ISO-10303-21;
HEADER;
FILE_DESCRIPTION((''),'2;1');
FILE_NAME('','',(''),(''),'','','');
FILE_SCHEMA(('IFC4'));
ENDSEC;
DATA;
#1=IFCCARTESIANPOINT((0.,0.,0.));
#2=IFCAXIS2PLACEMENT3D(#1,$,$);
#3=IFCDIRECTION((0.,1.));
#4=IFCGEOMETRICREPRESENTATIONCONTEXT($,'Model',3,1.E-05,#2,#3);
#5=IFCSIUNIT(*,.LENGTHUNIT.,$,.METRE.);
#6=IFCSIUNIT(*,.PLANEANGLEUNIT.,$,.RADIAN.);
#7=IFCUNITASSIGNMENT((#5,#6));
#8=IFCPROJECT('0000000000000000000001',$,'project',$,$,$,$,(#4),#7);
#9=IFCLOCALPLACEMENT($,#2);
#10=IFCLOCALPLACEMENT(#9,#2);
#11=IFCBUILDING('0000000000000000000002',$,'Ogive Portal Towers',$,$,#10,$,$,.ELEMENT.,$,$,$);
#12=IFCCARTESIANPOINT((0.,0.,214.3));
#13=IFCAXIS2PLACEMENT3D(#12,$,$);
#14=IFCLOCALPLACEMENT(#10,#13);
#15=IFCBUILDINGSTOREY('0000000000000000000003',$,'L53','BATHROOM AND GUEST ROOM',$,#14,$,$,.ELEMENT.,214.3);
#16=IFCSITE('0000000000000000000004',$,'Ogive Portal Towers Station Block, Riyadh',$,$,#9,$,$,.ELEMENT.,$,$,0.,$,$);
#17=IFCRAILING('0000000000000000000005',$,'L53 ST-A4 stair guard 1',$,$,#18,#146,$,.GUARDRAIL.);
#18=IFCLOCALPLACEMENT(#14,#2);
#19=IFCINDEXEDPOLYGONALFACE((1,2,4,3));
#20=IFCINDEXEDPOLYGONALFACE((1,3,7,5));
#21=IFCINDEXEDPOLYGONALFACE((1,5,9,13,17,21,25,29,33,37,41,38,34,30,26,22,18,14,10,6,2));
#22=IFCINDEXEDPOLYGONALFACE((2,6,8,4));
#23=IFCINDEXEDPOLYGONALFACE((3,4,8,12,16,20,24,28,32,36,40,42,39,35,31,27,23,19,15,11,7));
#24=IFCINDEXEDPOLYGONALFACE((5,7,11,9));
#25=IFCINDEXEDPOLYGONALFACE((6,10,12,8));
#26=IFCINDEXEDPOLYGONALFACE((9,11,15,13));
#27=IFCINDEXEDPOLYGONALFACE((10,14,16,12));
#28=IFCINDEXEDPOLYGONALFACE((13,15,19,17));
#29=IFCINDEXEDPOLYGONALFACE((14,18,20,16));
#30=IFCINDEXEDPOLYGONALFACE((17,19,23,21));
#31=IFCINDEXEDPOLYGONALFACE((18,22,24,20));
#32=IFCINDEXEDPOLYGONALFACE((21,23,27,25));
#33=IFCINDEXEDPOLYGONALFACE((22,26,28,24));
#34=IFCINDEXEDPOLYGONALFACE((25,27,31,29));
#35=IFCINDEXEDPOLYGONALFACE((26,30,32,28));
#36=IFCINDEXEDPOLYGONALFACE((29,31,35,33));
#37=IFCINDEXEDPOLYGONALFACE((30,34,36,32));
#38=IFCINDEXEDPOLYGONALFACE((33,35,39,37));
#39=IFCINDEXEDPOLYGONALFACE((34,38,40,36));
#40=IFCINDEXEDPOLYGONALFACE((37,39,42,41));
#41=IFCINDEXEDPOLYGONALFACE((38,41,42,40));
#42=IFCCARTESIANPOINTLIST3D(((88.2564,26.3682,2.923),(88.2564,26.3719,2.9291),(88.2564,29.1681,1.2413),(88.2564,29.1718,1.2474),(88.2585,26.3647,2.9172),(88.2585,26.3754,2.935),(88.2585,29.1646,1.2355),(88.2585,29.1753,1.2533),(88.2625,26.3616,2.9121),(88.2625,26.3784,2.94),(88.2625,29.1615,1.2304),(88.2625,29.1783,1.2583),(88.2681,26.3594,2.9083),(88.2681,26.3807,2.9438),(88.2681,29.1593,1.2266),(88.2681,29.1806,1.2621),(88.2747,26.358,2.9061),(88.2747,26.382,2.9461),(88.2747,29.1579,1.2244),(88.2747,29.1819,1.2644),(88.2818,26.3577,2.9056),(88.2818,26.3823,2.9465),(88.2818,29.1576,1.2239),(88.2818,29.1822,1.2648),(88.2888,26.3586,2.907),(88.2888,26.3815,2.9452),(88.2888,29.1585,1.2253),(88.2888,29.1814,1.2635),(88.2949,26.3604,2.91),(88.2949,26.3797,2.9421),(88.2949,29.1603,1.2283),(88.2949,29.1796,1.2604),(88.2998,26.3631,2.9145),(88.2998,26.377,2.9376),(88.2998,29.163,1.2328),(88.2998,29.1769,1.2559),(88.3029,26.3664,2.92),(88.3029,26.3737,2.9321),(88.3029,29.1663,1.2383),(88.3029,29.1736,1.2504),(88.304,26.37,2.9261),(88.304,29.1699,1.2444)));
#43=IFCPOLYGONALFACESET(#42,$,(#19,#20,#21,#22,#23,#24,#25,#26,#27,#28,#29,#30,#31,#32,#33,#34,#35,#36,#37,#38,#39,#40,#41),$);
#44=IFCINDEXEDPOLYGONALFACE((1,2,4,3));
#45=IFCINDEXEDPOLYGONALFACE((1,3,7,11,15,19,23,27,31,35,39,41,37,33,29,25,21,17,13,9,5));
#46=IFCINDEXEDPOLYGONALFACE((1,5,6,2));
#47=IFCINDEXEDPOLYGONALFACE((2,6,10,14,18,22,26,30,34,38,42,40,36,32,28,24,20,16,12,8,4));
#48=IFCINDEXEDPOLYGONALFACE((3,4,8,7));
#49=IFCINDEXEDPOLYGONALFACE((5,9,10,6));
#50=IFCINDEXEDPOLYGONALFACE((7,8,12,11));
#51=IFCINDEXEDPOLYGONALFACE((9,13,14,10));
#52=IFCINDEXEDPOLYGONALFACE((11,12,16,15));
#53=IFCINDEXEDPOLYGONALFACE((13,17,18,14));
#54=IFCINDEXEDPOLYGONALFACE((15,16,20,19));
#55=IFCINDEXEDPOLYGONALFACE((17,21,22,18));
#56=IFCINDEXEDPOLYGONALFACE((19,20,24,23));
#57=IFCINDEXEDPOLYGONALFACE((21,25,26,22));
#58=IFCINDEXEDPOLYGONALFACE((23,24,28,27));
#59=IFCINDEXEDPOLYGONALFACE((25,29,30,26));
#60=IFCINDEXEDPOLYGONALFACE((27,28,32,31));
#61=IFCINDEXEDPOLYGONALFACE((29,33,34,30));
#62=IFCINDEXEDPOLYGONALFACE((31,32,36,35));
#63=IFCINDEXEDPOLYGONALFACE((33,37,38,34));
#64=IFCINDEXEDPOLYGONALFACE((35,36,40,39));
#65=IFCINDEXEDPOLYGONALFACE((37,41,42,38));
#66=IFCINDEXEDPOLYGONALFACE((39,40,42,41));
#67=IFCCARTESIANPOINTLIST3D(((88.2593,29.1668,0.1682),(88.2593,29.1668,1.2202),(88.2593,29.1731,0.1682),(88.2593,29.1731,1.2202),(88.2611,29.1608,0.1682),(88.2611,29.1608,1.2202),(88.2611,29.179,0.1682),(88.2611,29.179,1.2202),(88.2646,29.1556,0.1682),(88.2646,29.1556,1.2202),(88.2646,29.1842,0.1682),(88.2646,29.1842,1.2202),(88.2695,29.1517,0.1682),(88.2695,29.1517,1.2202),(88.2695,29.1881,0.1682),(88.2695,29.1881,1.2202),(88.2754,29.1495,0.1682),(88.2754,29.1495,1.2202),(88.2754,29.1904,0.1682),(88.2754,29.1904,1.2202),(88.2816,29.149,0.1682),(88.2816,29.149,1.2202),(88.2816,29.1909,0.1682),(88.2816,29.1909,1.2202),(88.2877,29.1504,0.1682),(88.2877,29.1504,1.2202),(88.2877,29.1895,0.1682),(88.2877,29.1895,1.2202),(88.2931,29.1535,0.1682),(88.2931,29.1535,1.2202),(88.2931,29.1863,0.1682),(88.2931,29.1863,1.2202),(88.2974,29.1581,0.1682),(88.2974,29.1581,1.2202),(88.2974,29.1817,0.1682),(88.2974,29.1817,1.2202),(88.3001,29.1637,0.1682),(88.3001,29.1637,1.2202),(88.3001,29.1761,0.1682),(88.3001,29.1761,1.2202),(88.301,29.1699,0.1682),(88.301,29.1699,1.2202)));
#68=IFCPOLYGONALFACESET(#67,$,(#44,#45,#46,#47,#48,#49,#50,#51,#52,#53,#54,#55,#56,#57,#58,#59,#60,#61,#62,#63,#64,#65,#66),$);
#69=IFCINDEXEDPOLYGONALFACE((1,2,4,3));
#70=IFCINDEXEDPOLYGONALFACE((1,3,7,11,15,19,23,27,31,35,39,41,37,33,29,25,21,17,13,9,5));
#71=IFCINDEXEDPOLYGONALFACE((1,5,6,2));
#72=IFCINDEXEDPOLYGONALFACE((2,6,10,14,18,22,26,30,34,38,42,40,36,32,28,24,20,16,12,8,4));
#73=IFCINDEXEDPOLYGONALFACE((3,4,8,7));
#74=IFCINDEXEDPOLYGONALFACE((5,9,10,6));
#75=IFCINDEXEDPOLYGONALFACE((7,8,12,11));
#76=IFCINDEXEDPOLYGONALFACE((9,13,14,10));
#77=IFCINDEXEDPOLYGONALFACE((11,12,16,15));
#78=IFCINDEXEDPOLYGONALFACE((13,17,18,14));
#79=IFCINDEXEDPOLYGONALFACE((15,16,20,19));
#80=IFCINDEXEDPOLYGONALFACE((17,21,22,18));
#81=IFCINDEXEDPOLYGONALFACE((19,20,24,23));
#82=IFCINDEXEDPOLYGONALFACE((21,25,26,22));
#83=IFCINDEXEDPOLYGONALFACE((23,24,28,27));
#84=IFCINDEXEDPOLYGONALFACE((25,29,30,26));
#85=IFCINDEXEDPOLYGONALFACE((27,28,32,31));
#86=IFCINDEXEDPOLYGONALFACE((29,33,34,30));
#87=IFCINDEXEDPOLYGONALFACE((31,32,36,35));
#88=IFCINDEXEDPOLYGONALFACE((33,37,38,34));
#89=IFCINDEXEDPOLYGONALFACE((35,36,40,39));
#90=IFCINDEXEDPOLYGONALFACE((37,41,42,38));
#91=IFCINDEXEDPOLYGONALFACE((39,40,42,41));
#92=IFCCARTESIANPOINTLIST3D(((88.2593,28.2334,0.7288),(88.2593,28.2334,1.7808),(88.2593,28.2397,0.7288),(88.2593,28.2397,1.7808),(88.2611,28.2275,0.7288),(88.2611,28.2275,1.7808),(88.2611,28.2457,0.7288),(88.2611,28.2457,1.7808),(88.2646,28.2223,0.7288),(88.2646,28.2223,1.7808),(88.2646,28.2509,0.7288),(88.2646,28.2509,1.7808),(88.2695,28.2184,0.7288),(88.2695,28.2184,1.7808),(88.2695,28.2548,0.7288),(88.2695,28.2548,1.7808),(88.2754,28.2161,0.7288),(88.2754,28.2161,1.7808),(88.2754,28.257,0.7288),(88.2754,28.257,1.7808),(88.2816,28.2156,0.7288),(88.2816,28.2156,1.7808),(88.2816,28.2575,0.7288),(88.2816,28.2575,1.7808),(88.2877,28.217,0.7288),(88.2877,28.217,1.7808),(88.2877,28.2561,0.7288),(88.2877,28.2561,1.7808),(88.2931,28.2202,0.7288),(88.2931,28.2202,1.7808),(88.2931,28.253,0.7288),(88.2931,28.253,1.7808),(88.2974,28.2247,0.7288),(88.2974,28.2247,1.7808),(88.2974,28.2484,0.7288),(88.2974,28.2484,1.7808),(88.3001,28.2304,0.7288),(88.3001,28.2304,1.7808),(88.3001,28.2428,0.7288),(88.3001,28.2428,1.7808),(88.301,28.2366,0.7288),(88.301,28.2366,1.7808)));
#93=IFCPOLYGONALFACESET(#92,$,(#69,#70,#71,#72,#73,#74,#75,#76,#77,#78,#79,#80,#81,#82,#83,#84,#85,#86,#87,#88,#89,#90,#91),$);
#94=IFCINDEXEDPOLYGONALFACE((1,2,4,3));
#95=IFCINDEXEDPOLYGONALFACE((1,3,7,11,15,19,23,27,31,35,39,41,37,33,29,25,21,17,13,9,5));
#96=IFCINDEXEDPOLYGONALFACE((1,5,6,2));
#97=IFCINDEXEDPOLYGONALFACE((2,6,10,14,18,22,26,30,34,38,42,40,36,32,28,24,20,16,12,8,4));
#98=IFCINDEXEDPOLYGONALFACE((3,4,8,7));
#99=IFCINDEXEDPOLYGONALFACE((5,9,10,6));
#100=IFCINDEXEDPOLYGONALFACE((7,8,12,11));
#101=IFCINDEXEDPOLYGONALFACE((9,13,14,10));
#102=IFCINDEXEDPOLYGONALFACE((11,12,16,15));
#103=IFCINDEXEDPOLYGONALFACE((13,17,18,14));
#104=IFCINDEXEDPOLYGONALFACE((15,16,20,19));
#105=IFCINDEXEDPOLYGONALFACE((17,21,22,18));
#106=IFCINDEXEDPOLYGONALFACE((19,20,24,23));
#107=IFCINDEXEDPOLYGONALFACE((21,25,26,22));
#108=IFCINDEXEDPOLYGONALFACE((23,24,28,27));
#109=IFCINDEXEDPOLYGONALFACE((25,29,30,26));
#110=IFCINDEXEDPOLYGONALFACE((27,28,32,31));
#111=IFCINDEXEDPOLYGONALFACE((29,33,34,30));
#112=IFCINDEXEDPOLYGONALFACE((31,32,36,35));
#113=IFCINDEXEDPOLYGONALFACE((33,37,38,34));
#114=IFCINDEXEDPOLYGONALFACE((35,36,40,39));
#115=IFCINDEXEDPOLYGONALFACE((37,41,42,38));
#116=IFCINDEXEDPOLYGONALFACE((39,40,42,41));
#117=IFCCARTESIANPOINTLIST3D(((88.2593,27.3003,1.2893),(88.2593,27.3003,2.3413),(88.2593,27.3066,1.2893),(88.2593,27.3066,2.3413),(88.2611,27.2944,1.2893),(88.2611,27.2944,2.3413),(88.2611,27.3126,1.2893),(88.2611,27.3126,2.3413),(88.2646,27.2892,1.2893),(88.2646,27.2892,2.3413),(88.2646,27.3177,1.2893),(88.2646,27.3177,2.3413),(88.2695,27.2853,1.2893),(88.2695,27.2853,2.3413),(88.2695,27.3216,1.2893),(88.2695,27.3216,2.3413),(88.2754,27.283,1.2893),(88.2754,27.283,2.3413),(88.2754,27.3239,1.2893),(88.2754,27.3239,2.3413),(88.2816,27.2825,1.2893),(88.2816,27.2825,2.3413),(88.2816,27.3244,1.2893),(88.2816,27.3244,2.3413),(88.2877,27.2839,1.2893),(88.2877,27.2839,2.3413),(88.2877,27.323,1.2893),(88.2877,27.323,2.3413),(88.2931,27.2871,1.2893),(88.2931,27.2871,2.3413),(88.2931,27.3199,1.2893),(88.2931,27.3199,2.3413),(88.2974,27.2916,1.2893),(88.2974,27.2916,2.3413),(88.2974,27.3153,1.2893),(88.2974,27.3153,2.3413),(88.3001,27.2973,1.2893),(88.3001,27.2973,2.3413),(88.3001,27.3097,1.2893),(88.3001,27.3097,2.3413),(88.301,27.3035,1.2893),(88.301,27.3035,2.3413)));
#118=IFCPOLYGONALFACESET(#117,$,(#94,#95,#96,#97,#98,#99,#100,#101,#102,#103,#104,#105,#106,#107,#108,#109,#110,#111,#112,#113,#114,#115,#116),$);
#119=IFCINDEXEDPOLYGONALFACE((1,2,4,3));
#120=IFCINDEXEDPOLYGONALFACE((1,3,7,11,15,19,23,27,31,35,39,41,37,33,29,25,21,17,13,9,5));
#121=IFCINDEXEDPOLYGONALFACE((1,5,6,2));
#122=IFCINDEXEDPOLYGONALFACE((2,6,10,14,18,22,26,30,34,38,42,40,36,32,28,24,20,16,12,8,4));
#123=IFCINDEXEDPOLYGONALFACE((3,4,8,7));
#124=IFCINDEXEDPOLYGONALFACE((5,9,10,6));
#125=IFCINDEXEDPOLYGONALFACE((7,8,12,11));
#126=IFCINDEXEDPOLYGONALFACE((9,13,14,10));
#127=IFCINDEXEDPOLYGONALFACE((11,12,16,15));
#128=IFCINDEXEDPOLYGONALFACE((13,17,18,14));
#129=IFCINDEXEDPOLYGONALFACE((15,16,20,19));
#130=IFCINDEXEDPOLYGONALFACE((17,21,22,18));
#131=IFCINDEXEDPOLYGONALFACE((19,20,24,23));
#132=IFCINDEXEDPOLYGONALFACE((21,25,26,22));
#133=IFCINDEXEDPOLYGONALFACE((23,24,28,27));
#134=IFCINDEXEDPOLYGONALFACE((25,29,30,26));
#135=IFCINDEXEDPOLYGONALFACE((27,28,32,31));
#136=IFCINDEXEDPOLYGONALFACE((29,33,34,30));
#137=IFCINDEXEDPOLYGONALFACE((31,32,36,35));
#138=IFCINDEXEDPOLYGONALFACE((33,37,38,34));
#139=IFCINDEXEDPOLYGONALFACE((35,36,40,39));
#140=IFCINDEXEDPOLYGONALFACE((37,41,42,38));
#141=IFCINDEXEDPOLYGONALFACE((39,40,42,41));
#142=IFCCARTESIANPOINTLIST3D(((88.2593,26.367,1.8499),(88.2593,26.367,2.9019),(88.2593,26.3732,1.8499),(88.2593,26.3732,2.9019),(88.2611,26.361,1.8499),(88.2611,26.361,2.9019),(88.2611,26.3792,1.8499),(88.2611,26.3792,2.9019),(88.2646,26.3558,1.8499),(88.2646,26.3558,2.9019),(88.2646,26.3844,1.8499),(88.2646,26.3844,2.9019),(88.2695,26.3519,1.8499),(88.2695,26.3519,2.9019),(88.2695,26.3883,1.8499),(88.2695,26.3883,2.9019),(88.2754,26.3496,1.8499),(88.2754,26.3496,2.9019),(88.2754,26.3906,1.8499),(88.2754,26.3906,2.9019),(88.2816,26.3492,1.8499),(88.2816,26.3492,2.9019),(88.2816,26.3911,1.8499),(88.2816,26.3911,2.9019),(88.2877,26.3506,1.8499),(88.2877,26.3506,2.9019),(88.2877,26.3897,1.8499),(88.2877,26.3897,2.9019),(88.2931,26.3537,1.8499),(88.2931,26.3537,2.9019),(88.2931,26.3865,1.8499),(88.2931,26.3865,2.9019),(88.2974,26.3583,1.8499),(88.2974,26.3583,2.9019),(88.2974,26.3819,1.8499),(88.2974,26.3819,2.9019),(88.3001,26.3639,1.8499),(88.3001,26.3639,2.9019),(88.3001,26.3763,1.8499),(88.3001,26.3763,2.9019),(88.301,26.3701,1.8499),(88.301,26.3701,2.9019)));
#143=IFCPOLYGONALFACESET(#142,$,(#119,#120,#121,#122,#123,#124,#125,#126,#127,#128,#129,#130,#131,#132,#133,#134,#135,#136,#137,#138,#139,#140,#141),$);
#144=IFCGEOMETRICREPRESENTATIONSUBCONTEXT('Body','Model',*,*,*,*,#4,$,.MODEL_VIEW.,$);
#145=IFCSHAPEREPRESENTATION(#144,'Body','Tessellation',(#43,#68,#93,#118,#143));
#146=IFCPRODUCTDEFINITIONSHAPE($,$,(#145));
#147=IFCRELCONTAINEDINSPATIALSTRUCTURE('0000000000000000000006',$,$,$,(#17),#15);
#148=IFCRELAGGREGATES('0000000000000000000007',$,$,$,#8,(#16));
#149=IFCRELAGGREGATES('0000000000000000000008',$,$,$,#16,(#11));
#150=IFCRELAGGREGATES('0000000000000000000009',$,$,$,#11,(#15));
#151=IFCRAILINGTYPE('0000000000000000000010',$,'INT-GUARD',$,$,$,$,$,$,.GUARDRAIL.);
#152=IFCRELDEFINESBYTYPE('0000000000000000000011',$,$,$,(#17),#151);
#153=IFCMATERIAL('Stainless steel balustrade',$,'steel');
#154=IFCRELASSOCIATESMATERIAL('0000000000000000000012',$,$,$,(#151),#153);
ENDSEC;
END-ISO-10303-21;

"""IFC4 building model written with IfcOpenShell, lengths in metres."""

from ifc_helpers import new_model, si_unit, direction, frame, origin, origin_2d, place, context, subcontext, project, spatial, circle, extrude, material, type_object, element, save


model = new_model("IFC4")

# Units and contexts
model_context = context("Model", 3, precision=1e-05, world=origin(), true_north=direction((0.0, 1.0)))
body_context = subcontext(model_context, "Body", "Model", "MODEL_VIEW")
ifc_project = project(units=[si_unit("LENGTHUNIT", "METRE"), si_unit("PLANEANGLEUNIT", "RADIAN")], contexts=[model_context])

# Site, building, storey
site_placement = place(None, origin())
site = spatial("IfcSite", under=ifc_project, at=site_placement, Name="Ogive Portal Towers Station Block, Riyadh", CompositionType="ELEMENT", RefElevation=0.0)
building_placement = place(site_placement, origin())
building = spatial("IfcBuilding", under=site, at=building_placement, Name="Ogive Portal Towers", CompositionType="ELEMENT")
storey_placement = place(building_placement, frame((0.0, 0.0, 214.3)))
storey = spatial("IfcBuildingStorey", under=building, at=storey_placement, Name="L53", Description="BATHROOM AND GUEST ROOM", CompositionType="ELEMENT", Elevation=214.3)

# Railing
ifc_material_1 = material(Name="Stainless steel balustrade", Category="steel")
railing_type_1 = type_object("IfcRailingType", Name="INT-GUARD", PredefinedType="GUARDRAIL", material=ifc_material_1)
railing_1_placement = place(storey_placement, frame((88.28, 29.1699, 0.1682)))
element("IfcRailing", 1, at=railing_1_placement, inside=storey, type_object=railing_type_1, Name="L53 ST-A4 stair guard 1", PredefinedType="GUARDRAIL", context=body_context, shape_type="SweptSolid", body=[
    extrude(circle(Radius=0.0239, at=origin_2d()), frame((0.0, 0.0, 1.0762), z_axis=(0.0, -0.857255, 0.514891), x_axis=(1.0, 0.0, 0.0)), (0.0, 0.0, 1.0), 3.2661),
    extrude(circle(Radius=0.021, at=origin_2d()), origin(), (0.0, 0.0, 1.0), 1.052),
    extrude(circle(Radius=0.021, at=origin_2d()), frame((0.0, -0.9333, 0.5605)), (0.0, 0.0, 1.0), 1.052),
    extrude(circle(Radius=0.021, at=origin_2d()), frame((0.0, -1.8665, 1.1211)), (0.0, 0.0, 1.0), 1.052),
    extrude(circle(Radius=0.021, at=origin_2d()), frame((0.0, -2.7998, 1.6816)), (0.0, 0.0, 1.0), 1.052),
])

save(model, "model.ifc")
